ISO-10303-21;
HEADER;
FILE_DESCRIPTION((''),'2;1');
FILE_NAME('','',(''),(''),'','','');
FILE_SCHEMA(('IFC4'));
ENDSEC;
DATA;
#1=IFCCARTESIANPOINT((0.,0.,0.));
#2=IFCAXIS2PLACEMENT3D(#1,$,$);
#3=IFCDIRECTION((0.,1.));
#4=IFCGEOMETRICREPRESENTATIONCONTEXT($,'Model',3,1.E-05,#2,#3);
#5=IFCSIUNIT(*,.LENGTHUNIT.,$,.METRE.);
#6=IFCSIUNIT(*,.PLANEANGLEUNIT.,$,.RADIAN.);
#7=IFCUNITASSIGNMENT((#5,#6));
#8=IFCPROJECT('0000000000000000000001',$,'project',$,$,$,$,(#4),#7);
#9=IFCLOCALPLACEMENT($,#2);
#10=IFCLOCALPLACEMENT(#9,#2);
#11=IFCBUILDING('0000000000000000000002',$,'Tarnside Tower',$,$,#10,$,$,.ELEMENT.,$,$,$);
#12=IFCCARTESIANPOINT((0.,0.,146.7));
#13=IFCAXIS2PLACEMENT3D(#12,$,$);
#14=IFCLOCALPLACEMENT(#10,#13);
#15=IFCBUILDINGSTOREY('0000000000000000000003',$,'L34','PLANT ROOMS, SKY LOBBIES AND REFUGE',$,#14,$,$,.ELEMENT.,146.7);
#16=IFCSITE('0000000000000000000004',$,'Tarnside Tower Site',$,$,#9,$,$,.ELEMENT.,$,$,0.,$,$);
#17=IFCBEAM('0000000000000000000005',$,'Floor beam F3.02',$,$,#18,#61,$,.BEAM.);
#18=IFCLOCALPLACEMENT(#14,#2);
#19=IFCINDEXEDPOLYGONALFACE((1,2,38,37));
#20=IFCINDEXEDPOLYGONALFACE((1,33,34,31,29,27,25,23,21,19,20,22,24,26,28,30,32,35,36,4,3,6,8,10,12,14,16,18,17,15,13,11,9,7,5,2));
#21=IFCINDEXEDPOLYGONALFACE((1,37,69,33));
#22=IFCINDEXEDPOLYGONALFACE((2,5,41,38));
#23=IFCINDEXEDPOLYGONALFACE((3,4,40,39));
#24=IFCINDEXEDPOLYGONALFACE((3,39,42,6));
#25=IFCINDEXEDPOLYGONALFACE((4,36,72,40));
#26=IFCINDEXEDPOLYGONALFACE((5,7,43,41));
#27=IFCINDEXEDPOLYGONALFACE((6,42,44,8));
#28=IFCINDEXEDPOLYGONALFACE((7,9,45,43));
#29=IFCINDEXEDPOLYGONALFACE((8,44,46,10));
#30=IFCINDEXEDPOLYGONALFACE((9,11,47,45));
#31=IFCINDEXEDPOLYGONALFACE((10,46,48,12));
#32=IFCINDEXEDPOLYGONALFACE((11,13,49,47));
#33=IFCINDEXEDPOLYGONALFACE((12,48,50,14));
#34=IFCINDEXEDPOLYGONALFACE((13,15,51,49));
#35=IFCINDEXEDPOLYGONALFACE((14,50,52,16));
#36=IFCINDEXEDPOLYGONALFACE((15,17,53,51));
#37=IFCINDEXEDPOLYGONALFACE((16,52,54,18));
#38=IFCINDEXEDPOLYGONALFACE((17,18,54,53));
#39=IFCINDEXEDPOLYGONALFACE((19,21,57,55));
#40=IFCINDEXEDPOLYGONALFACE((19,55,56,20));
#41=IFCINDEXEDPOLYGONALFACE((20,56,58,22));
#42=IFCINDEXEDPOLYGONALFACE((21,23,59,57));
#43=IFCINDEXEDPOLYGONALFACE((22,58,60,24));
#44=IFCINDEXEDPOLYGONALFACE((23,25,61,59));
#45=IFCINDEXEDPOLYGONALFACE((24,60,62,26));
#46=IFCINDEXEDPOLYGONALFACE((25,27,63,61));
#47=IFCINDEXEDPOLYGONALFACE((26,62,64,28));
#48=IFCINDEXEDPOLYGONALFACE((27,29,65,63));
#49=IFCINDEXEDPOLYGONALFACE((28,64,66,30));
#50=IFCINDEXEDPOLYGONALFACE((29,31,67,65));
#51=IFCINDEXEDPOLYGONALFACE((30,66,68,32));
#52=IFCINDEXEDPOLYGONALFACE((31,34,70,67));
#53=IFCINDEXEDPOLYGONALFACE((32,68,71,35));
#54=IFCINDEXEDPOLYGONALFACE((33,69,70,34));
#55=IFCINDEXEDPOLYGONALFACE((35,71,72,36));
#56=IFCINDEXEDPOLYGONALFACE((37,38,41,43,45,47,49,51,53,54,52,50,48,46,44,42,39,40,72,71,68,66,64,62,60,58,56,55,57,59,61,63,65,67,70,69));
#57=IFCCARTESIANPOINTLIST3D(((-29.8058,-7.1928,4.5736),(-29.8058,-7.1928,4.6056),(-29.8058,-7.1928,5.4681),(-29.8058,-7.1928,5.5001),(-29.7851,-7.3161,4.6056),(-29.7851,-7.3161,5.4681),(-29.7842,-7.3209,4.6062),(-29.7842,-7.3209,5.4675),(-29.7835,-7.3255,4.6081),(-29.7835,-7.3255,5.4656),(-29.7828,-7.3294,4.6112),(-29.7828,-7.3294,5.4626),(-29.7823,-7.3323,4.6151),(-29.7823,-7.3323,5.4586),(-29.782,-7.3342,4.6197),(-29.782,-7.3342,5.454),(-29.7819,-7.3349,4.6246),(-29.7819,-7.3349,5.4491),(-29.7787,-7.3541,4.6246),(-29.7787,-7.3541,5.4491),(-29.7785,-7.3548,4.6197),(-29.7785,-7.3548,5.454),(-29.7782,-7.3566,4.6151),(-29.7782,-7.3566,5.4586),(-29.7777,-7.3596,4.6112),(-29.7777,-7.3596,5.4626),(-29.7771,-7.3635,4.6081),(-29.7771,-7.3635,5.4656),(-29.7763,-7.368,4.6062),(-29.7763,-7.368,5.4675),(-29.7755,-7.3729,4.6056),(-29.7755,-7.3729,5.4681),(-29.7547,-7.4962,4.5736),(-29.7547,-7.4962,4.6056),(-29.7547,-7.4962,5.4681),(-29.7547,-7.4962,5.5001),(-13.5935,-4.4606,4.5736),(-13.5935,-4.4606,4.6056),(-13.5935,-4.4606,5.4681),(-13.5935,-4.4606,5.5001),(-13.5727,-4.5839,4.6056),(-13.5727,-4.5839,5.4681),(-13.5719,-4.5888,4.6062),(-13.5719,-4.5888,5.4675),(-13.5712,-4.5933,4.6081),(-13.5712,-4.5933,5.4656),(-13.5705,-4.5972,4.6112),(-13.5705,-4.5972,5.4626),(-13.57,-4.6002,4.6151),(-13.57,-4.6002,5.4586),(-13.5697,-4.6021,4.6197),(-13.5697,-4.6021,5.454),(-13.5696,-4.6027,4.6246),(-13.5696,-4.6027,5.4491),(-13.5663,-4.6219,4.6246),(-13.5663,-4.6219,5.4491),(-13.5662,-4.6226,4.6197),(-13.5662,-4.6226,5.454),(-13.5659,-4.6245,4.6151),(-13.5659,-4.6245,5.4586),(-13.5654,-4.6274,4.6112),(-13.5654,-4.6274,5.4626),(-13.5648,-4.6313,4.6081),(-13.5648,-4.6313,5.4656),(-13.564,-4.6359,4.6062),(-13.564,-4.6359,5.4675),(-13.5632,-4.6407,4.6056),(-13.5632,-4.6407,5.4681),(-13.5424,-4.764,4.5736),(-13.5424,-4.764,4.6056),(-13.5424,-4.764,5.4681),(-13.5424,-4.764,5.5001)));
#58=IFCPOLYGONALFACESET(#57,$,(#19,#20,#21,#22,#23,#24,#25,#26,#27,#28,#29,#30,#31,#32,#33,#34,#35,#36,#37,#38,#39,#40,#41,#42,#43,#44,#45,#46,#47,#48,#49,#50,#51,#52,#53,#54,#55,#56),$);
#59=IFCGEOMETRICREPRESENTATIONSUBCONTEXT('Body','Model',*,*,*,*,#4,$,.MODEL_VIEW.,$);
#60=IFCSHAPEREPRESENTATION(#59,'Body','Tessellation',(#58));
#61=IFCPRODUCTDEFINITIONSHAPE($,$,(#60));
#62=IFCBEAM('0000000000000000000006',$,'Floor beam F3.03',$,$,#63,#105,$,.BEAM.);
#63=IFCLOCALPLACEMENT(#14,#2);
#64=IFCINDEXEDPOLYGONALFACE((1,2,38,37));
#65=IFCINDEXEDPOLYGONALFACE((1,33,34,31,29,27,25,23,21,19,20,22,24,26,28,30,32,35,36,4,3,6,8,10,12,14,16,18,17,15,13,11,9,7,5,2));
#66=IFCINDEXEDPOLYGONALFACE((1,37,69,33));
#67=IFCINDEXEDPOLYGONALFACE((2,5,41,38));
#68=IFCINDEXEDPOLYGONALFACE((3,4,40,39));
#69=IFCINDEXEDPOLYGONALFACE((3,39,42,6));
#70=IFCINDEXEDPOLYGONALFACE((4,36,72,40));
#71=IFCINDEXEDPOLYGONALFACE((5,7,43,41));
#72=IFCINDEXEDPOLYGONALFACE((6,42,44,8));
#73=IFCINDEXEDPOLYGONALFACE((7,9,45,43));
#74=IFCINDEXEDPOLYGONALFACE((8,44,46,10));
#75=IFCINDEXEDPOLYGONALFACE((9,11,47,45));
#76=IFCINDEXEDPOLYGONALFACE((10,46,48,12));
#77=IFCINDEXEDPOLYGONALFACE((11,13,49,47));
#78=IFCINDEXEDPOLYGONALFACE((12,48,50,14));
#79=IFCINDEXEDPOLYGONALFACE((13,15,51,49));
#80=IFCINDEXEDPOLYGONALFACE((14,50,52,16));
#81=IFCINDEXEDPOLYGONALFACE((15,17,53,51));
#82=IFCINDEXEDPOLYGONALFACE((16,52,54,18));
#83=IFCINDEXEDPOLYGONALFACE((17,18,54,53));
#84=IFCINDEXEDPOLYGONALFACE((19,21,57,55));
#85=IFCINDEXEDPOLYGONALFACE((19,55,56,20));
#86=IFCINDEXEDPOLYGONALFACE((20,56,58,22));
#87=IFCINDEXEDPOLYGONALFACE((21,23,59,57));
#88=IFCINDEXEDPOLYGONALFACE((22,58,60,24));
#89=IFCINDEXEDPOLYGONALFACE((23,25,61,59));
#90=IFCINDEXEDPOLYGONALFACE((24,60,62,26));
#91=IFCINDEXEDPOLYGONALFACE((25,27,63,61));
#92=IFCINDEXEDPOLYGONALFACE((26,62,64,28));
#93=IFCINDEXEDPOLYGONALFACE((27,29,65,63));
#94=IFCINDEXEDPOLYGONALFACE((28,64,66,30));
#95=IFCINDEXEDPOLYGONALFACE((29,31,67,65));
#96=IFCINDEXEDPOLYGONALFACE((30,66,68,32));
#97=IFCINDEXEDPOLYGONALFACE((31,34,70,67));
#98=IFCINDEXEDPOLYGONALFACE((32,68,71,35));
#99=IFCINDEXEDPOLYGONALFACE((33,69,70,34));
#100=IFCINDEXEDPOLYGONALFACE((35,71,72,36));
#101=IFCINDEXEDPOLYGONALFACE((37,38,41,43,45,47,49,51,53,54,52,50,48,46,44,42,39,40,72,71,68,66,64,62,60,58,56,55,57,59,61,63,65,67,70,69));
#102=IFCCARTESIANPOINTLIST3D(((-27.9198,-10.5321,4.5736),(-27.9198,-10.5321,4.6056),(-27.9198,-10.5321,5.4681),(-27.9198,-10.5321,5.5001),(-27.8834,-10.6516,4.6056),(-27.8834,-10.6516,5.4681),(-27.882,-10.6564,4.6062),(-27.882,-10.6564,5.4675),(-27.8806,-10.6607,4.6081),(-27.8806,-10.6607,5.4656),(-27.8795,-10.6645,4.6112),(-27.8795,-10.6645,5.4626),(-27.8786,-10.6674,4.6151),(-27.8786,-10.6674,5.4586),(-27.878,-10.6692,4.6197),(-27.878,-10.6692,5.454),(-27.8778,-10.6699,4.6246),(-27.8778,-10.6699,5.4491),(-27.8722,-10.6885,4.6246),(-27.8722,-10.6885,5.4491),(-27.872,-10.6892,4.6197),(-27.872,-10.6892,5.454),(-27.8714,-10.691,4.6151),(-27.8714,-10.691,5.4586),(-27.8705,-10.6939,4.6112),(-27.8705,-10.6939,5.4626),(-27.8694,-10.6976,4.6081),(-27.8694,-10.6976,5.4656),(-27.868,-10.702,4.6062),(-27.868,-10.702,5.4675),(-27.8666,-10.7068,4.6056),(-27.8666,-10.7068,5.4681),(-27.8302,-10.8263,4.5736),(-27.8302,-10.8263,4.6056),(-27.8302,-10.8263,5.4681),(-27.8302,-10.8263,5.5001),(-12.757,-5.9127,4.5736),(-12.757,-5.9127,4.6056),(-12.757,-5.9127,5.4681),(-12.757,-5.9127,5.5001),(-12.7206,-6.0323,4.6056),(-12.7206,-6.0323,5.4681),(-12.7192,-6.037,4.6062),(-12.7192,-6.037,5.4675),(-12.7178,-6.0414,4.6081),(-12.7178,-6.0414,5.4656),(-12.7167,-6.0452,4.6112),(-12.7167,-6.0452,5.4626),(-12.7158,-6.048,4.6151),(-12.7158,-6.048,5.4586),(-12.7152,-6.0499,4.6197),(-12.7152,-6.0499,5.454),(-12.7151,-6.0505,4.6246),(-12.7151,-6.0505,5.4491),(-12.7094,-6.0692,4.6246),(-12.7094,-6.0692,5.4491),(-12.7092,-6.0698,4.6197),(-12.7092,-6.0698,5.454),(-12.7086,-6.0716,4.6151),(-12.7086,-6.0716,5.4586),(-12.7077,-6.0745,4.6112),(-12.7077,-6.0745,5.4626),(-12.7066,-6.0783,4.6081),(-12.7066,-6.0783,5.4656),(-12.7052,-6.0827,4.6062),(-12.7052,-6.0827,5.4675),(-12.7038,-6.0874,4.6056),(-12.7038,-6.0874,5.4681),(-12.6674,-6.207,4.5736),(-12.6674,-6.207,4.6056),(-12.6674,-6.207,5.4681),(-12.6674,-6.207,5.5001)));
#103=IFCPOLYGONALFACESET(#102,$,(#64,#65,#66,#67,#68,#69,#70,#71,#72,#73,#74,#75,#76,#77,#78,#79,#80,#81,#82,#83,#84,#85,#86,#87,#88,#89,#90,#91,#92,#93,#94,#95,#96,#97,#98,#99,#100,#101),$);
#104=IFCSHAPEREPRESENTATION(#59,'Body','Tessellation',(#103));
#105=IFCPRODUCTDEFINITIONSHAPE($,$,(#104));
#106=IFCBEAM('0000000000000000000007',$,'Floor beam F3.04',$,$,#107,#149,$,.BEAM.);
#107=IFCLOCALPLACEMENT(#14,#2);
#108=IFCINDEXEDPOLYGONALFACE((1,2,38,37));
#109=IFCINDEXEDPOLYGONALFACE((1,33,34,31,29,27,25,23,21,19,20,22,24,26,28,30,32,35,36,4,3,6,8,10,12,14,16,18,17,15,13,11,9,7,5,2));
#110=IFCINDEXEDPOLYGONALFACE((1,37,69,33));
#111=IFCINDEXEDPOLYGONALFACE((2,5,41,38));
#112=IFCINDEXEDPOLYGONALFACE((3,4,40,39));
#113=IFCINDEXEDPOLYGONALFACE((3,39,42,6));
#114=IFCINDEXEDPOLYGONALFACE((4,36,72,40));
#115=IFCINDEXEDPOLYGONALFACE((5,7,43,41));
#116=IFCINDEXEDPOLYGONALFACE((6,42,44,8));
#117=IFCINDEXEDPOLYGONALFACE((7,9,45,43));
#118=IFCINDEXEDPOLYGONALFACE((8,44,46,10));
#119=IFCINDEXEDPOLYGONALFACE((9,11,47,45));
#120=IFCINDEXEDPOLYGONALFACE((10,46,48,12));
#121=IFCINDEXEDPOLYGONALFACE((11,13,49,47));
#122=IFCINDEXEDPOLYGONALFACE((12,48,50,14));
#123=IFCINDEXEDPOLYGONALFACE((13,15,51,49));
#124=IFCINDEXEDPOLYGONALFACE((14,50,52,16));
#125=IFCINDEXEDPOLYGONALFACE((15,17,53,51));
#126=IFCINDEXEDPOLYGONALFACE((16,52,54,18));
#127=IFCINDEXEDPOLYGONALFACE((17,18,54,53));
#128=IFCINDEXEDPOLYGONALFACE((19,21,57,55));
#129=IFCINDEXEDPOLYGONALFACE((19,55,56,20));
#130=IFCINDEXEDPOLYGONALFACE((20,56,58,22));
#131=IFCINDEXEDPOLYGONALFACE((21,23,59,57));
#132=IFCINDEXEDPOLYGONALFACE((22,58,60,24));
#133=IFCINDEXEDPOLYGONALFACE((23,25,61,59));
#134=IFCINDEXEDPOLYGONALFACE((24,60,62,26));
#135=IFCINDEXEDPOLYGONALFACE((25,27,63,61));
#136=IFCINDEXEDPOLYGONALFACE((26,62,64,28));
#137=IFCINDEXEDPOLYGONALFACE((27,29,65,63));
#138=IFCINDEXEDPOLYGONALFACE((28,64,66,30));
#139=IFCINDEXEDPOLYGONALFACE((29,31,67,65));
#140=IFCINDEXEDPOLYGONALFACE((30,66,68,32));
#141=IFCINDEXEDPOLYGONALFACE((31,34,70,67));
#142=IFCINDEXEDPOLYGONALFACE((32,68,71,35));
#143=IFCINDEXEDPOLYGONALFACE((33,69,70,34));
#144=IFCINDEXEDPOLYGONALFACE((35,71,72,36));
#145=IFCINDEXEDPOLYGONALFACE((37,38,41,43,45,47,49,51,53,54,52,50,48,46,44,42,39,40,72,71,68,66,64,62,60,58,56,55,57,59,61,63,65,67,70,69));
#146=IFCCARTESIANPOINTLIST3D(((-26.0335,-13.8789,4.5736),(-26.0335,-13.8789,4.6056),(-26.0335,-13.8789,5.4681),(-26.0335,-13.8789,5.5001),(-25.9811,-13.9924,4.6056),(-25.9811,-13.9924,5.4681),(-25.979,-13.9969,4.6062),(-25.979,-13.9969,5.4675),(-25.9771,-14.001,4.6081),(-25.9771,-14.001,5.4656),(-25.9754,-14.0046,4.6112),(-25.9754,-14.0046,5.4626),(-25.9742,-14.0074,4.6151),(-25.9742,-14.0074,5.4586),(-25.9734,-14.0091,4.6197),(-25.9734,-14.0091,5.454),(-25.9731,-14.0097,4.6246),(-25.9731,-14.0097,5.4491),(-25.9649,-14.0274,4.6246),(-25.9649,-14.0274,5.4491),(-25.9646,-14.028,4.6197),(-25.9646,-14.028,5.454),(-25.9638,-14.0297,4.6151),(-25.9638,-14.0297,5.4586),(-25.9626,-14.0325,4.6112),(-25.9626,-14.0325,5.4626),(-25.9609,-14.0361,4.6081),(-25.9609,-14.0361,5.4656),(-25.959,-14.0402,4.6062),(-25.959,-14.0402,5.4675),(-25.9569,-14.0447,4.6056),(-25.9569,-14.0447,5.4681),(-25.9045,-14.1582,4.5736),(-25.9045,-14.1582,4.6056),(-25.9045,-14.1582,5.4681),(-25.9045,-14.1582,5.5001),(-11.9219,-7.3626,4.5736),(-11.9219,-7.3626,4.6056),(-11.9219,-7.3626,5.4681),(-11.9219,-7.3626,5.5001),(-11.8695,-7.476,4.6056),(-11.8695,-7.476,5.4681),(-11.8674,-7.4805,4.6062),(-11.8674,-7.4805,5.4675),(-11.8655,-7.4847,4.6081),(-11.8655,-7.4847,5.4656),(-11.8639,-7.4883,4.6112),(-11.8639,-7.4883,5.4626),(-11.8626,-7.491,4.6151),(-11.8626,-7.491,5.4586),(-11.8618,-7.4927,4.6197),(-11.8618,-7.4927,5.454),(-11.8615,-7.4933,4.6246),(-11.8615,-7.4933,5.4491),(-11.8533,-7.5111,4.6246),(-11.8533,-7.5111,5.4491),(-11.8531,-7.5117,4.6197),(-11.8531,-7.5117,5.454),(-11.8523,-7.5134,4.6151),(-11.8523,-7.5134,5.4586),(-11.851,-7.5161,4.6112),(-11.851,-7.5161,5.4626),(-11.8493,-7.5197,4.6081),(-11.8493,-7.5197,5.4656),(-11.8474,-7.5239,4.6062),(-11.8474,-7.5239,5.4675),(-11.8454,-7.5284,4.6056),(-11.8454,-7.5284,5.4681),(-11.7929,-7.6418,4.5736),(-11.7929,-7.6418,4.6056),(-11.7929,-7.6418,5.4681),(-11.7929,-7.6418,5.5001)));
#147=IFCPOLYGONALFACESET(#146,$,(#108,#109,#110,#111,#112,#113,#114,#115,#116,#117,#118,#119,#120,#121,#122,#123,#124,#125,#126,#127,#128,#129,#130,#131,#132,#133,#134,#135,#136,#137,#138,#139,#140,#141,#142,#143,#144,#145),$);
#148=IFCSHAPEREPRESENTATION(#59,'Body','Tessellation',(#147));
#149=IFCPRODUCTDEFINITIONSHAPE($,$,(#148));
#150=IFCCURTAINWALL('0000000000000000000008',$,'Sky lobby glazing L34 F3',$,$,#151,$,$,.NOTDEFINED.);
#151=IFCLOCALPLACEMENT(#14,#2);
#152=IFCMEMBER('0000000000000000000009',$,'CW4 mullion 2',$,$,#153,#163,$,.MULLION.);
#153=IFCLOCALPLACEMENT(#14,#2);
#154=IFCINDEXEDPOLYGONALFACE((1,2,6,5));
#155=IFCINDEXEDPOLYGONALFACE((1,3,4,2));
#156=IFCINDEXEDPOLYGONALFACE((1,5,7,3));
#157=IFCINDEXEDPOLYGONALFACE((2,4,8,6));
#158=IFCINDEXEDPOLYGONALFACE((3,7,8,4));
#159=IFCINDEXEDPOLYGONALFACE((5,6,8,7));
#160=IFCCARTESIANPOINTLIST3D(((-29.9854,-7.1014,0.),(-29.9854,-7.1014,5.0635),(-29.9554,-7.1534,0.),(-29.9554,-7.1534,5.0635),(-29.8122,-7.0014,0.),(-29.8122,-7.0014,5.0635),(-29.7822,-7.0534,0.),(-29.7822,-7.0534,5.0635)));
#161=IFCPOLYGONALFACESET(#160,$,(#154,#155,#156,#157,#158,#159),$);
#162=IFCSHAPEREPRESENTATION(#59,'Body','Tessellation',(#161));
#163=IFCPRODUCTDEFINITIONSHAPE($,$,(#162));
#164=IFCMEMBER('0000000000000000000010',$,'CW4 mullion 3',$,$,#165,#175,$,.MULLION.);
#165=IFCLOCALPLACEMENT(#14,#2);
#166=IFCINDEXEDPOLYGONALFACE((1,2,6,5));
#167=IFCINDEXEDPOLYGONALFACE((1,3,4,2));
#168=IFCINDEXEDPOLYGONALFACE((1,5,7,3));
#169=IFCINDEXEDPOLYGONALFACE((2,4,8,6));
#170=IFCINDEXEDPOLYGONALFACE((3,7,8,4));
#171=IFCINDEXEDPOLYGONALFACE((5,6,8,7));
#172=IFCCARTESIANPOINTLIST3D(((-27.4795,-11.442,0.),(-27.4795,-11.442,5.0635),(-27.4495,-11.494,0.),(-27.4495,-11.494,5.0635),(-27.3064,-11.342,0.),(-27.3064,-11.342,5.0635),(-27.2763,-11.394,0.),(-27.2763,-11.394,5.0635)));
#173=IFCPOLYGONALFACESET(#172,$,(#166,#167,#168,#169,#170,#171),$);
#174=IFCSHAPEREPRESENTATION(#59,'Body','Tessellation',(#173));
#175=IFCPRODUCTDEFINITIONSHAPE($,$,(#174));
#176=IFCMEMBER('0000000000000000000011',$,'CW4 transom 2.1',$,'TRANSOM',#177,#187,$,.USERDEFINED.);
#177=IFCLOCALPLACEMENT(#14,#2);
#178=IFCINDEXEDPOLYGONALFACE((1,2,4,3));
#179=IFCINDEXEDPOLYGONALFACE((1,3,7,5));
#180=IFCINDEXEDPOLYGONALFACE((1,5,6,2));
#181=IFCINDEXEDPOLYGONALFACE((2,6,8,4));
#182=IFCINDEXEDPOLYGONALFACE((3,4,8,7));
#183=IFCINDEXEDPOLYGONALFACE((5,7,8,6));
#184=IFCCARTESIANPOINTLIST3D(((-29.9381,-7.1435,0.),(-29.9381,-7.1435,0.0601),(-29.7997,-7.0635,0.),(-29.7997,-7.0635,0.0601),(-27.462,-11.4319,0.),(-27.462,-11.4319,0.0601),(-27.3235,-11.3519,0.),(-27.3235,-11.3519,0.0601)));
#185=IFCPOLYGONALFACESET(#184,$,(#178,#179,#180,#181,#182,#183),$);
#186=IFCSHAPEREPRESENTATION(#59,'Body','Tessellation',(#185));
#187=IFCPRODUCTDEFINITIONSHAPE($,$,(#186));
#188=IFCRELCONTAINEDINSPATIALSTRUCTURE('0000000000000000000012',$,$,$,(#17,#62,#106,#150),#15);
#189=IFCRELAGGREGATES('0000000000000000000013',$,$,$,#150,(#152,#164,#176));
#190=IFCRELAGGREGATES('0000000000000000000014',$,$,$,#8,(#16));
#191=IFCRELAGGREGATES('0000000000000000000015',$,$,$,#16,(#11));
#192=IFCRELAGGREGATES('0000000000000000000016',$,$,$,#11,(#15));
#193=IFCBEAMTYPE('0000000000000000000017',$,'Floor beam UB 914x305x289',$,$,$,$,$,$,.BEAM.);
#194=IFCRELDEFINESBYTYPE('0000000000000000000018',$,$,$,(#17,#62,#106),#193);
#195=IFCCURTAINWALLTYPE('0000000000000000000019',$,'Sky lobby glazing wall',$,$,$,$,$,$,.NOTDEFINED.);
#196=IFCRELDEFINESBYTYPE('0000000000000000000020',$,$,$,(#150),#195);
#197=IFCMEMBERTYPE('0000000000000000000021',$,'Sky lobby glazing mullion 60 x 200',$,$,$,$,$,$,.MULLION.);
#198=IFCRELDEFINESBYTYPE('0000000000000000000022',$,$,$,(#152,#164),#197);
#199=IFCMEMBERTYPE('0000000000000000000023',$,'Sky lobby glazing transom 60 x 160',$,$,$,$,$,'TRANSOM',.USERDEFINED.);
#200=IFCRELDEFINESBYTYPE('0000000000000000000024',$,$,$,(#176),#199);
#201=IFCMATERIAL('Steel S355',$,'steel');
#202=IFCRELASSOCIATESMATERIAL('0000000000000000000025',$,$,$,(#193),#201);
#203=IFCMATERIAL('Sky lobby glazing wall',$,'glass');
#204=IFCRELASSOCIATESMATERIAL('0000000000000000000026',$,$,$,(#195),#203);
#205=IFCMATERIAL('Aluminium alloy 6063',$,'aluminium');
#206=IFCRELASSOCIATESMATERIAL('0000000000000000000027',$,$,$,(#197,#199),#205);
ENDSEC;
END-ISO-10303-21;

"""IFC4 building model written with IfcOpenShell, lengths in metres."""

from ifc_helpers import new_model, si_unit, direction, frame, origin, origin_2d, place, context, subcontext, project, spatial, rectangle, i_section, extrude, material, material_profile, profile_set, type_object, element, aggregate, save


model = new_model("IFC4")

# Units and contexts
model_context = context("Model", 3, precision=1e-05, world=origin(), true_north=direction((0.0, 1.0)))
body_context = subcontext(model_context, "Body", "Model", "MODEL_VIEW")
ifc_project = project(units=[si_unit("LENGTHUNIT", "METRE"), si_unit("PLANEANGLEUNIT", "RADIAN")], contexts=[model_context])

# Site, building, storey
site_placement = place(None, origin())
site = spatial("IfcSite", under=ifc_project, at=site_placement, Name="Tarnside Tower Site", CompositionType="ELEMENT", RefElevation=0.0)
building_placement = place(site_placement, origin())
building = spatial("IfcBuilding", under=site, at=building_placement, Name="Tarnside Tower", CompositionType="ELEMENT")
storey_placement = place(building_placement, frame((0.0, 0.0, 146.7)))
storey = spatial("IfcBuildingStorey", under=building, at=storey_placement, Name="L34", Description="PLANT ROOMS, SKY LOBBIES AND REFUGE", CompositionType="ELEMENT", Elevation=146.7)

# Beams
ifc_material_1 = material(Name="Steel S355", Category="steel")
ifc_material_profile_1 = material_profile(ifc_material_1, i_section(OverallWidth=0.3076, OverallDepth=0.9265, WebThickness=0.0195, FlangeThickness=0.032, FilletRadius=0.019, at=origin_2d()), Name="UB 914x305x289")
ifc_profile_set_1 = profile_set([ifc_material_profile_1], Name="Steel S355")
beam_type = type_object("IfcBeamType", Name="Floor beam UB 914x305x289", PredefinedType="BEAM", material=ifc_profile_set_1)
beam_1_placement = place(storey_placement, frame((-29.7803, -7.3445, 5.0369), z_axis=(0.986095, 0.166181, 0.0), x_axis=(-0.166181, 0.986095, 0.0)))
element("IfcBeam", 1, at=beam_1_placement, inside=storey, type_object=beam_type, Name="Floor beam F3.02", PredefinedType="BEAM", context=body_context, shape_type="SweptSolid", body=[
    extrude(i_section(OverallWidth=0.3076, OverallDepth=0.9265, WebThickness=0.0195, FlangeThickness=0.032, FilletRadius=0.019, at=origin_2d()), origin(), (0.0, 0.0, 1.0), 16.4409),
])
beam_2_placement = place(storey_placement, frame((-27.875, -10.6792, 5.0369), z_axis=(0.956593, 0.291428, 0.0), x_axis=(-0.291428, 0.956593, 0.0)))
element("IfcBeam", 2, at=beam_2_placement, inside=storey, type_object=beam_type, Name="Floor beam F3.03", PredefinedType="BEAM", context=body_context, shape_type="SweptSolid", body=[
    extrude(i_section(OverallWidth=0.3076, OverallDepth=0.9265, WebThickness=0.0195, FlangeThickness=0.032, FilletRadius=0.019, at=origin_2d()), origin(), (0.0, 0.0, 1.0), 15.8508),
])
beam_3_placement = place(storey_placement, frame((-25.969, -14.0186, 5.0369), z_axis=(0.907878, 0.419234, 0.0), x_axis=(-0.419234, 0.907878, 0.0)))
element("IfcBeam", 3, at=beam_3_placement, inside=storey, type_object=beam_type, Name="Floor beam F3.04", PredefinedType="BEAM", context=body_context, shape_type="SweptSolid", body=[
    extrude(i_section(OverallWidth=0.3076, OverallDepth=0.9265, WebThickness=0.0195, FlangeThickness=0.032, FilletRadius=0.019, at=origin_2d()), origin(), (0.0, 0.0, 1.0), 15.5435),
])

# Curtain wall, members
ifc_material_2 = material(Name="Sky lobby glazing wall", Category="glass")
curtain_wall_type = type_object("IfcCurtainWallType", Name="Sky lobby glazing wall", PredefinedType="NOTDEFINED", material=ifc_material_2)
curtain_wall_placement = place(storey_placement, origin())
curtain_wall = element("IfcCurtainWall", 4, at=curtain_wall_placement, inside=storey, type_object=curtain_wall_type, Name="Sky lobby glazing L34 F3", PredefinedType="NOTDEFINED")
ifc_material_3 = material(Name="Aluminium alloy 6063", Category="aluminium")
ifc_material_profile_2 = material_profile(ifc_material_3, rectangle(XDim=0.2, YDim=0.0601, at=origin_2d()), Name="Sky lobby glazing mullion 60 x 200")
ifc_profile_set_2 = profile_set([ifc_material_profile_2], Name="Aluminium alloy 6063")
member_type_1 = type_object("IfcMemberType", Name="Sky lobby glazing mullion 60 x 200", PredefinedType="MULLION", material=ifc_profile_set_2)
member_1_placement = place(storey_placement, frame((-29.8838, -7.0774, 0.0), z_axis=(0.0, 0.0, 1.0), x_axis=(0.866025, 0.5, 0.0)))
member_1 = element("IfcMember", 5, at=member_1_placement, type_object=member_type_1, Name="CW4 mullion 2", PredefinedType="MULLION", context=body_context, shape_type="SweptSolid", body=[
    extrude(rectangle(XDim=0.2, YDim=0.0601, at=origin_2d()), origin(), (0.0, 0.0, 1.0), 5.0635),
])
member_2_placement = place(storey_placement, frame((-27.3779, -11.418, 0.0), z_axis=(0.0, 0.0, 1.0), x_axis=(0.866025, 0.5, 0.0)))
member_2 = element("IfcMember", 6, at=member_2_placement, type_object=member_type_1, Name="CW4 mullion 3", PredefinedType="MULLION", context=body_context, shape_type="SweptSolid", body=[
    extrude(rectangle(XDim=0.2, YDim=0.0601, at=origin_2d()), origin(), (0.0, 0.0, 1.0), 5.0635),
])
ifc_material_profile_3 = material_profile(ifc_material_3, rectangle(XDim=0.1599, YDim=0.0601, at=origin_2d()), Name="Sky lobby glazing transom 60 x 160")
ifc_profile_set_3 = profile_set([ifc_material_profile_3], Name="Aluminium alloy 6063")
member_type_2 = type_object("IfcMemberType", Name="Sky lobby glazing transom 60 x 160", ElementType="TRANSOM", PredefinedType="USERDEFINED", material=ifc_profile_set_3)
member_3_placement = place(storey_placement, frame((-29.8689, -7.1035, 0.03), z_axis=(0.500031, -0.866007, 0.0), x_axis=(0.866007, 0.500031, 0.0)))
member_3 = element("IfcMember", 7, at=member_3_placement, type_object=member_type_2, Name="CW4 transom 2.1", ObjectType="TRANSOM", PredefinedType="USERDEFINED", context=body_context, shape_type="SweptSolid", body=[
    extrude(rectangle(XDim=0.1599, YDim=0.0601, at=origin_2d()), origin(), (0.0, 0.0, 1.0), 4.9519),
])

aggregate(curtain_wall, [member_1, member_2, member_3])

save(model, "model.ifc")
